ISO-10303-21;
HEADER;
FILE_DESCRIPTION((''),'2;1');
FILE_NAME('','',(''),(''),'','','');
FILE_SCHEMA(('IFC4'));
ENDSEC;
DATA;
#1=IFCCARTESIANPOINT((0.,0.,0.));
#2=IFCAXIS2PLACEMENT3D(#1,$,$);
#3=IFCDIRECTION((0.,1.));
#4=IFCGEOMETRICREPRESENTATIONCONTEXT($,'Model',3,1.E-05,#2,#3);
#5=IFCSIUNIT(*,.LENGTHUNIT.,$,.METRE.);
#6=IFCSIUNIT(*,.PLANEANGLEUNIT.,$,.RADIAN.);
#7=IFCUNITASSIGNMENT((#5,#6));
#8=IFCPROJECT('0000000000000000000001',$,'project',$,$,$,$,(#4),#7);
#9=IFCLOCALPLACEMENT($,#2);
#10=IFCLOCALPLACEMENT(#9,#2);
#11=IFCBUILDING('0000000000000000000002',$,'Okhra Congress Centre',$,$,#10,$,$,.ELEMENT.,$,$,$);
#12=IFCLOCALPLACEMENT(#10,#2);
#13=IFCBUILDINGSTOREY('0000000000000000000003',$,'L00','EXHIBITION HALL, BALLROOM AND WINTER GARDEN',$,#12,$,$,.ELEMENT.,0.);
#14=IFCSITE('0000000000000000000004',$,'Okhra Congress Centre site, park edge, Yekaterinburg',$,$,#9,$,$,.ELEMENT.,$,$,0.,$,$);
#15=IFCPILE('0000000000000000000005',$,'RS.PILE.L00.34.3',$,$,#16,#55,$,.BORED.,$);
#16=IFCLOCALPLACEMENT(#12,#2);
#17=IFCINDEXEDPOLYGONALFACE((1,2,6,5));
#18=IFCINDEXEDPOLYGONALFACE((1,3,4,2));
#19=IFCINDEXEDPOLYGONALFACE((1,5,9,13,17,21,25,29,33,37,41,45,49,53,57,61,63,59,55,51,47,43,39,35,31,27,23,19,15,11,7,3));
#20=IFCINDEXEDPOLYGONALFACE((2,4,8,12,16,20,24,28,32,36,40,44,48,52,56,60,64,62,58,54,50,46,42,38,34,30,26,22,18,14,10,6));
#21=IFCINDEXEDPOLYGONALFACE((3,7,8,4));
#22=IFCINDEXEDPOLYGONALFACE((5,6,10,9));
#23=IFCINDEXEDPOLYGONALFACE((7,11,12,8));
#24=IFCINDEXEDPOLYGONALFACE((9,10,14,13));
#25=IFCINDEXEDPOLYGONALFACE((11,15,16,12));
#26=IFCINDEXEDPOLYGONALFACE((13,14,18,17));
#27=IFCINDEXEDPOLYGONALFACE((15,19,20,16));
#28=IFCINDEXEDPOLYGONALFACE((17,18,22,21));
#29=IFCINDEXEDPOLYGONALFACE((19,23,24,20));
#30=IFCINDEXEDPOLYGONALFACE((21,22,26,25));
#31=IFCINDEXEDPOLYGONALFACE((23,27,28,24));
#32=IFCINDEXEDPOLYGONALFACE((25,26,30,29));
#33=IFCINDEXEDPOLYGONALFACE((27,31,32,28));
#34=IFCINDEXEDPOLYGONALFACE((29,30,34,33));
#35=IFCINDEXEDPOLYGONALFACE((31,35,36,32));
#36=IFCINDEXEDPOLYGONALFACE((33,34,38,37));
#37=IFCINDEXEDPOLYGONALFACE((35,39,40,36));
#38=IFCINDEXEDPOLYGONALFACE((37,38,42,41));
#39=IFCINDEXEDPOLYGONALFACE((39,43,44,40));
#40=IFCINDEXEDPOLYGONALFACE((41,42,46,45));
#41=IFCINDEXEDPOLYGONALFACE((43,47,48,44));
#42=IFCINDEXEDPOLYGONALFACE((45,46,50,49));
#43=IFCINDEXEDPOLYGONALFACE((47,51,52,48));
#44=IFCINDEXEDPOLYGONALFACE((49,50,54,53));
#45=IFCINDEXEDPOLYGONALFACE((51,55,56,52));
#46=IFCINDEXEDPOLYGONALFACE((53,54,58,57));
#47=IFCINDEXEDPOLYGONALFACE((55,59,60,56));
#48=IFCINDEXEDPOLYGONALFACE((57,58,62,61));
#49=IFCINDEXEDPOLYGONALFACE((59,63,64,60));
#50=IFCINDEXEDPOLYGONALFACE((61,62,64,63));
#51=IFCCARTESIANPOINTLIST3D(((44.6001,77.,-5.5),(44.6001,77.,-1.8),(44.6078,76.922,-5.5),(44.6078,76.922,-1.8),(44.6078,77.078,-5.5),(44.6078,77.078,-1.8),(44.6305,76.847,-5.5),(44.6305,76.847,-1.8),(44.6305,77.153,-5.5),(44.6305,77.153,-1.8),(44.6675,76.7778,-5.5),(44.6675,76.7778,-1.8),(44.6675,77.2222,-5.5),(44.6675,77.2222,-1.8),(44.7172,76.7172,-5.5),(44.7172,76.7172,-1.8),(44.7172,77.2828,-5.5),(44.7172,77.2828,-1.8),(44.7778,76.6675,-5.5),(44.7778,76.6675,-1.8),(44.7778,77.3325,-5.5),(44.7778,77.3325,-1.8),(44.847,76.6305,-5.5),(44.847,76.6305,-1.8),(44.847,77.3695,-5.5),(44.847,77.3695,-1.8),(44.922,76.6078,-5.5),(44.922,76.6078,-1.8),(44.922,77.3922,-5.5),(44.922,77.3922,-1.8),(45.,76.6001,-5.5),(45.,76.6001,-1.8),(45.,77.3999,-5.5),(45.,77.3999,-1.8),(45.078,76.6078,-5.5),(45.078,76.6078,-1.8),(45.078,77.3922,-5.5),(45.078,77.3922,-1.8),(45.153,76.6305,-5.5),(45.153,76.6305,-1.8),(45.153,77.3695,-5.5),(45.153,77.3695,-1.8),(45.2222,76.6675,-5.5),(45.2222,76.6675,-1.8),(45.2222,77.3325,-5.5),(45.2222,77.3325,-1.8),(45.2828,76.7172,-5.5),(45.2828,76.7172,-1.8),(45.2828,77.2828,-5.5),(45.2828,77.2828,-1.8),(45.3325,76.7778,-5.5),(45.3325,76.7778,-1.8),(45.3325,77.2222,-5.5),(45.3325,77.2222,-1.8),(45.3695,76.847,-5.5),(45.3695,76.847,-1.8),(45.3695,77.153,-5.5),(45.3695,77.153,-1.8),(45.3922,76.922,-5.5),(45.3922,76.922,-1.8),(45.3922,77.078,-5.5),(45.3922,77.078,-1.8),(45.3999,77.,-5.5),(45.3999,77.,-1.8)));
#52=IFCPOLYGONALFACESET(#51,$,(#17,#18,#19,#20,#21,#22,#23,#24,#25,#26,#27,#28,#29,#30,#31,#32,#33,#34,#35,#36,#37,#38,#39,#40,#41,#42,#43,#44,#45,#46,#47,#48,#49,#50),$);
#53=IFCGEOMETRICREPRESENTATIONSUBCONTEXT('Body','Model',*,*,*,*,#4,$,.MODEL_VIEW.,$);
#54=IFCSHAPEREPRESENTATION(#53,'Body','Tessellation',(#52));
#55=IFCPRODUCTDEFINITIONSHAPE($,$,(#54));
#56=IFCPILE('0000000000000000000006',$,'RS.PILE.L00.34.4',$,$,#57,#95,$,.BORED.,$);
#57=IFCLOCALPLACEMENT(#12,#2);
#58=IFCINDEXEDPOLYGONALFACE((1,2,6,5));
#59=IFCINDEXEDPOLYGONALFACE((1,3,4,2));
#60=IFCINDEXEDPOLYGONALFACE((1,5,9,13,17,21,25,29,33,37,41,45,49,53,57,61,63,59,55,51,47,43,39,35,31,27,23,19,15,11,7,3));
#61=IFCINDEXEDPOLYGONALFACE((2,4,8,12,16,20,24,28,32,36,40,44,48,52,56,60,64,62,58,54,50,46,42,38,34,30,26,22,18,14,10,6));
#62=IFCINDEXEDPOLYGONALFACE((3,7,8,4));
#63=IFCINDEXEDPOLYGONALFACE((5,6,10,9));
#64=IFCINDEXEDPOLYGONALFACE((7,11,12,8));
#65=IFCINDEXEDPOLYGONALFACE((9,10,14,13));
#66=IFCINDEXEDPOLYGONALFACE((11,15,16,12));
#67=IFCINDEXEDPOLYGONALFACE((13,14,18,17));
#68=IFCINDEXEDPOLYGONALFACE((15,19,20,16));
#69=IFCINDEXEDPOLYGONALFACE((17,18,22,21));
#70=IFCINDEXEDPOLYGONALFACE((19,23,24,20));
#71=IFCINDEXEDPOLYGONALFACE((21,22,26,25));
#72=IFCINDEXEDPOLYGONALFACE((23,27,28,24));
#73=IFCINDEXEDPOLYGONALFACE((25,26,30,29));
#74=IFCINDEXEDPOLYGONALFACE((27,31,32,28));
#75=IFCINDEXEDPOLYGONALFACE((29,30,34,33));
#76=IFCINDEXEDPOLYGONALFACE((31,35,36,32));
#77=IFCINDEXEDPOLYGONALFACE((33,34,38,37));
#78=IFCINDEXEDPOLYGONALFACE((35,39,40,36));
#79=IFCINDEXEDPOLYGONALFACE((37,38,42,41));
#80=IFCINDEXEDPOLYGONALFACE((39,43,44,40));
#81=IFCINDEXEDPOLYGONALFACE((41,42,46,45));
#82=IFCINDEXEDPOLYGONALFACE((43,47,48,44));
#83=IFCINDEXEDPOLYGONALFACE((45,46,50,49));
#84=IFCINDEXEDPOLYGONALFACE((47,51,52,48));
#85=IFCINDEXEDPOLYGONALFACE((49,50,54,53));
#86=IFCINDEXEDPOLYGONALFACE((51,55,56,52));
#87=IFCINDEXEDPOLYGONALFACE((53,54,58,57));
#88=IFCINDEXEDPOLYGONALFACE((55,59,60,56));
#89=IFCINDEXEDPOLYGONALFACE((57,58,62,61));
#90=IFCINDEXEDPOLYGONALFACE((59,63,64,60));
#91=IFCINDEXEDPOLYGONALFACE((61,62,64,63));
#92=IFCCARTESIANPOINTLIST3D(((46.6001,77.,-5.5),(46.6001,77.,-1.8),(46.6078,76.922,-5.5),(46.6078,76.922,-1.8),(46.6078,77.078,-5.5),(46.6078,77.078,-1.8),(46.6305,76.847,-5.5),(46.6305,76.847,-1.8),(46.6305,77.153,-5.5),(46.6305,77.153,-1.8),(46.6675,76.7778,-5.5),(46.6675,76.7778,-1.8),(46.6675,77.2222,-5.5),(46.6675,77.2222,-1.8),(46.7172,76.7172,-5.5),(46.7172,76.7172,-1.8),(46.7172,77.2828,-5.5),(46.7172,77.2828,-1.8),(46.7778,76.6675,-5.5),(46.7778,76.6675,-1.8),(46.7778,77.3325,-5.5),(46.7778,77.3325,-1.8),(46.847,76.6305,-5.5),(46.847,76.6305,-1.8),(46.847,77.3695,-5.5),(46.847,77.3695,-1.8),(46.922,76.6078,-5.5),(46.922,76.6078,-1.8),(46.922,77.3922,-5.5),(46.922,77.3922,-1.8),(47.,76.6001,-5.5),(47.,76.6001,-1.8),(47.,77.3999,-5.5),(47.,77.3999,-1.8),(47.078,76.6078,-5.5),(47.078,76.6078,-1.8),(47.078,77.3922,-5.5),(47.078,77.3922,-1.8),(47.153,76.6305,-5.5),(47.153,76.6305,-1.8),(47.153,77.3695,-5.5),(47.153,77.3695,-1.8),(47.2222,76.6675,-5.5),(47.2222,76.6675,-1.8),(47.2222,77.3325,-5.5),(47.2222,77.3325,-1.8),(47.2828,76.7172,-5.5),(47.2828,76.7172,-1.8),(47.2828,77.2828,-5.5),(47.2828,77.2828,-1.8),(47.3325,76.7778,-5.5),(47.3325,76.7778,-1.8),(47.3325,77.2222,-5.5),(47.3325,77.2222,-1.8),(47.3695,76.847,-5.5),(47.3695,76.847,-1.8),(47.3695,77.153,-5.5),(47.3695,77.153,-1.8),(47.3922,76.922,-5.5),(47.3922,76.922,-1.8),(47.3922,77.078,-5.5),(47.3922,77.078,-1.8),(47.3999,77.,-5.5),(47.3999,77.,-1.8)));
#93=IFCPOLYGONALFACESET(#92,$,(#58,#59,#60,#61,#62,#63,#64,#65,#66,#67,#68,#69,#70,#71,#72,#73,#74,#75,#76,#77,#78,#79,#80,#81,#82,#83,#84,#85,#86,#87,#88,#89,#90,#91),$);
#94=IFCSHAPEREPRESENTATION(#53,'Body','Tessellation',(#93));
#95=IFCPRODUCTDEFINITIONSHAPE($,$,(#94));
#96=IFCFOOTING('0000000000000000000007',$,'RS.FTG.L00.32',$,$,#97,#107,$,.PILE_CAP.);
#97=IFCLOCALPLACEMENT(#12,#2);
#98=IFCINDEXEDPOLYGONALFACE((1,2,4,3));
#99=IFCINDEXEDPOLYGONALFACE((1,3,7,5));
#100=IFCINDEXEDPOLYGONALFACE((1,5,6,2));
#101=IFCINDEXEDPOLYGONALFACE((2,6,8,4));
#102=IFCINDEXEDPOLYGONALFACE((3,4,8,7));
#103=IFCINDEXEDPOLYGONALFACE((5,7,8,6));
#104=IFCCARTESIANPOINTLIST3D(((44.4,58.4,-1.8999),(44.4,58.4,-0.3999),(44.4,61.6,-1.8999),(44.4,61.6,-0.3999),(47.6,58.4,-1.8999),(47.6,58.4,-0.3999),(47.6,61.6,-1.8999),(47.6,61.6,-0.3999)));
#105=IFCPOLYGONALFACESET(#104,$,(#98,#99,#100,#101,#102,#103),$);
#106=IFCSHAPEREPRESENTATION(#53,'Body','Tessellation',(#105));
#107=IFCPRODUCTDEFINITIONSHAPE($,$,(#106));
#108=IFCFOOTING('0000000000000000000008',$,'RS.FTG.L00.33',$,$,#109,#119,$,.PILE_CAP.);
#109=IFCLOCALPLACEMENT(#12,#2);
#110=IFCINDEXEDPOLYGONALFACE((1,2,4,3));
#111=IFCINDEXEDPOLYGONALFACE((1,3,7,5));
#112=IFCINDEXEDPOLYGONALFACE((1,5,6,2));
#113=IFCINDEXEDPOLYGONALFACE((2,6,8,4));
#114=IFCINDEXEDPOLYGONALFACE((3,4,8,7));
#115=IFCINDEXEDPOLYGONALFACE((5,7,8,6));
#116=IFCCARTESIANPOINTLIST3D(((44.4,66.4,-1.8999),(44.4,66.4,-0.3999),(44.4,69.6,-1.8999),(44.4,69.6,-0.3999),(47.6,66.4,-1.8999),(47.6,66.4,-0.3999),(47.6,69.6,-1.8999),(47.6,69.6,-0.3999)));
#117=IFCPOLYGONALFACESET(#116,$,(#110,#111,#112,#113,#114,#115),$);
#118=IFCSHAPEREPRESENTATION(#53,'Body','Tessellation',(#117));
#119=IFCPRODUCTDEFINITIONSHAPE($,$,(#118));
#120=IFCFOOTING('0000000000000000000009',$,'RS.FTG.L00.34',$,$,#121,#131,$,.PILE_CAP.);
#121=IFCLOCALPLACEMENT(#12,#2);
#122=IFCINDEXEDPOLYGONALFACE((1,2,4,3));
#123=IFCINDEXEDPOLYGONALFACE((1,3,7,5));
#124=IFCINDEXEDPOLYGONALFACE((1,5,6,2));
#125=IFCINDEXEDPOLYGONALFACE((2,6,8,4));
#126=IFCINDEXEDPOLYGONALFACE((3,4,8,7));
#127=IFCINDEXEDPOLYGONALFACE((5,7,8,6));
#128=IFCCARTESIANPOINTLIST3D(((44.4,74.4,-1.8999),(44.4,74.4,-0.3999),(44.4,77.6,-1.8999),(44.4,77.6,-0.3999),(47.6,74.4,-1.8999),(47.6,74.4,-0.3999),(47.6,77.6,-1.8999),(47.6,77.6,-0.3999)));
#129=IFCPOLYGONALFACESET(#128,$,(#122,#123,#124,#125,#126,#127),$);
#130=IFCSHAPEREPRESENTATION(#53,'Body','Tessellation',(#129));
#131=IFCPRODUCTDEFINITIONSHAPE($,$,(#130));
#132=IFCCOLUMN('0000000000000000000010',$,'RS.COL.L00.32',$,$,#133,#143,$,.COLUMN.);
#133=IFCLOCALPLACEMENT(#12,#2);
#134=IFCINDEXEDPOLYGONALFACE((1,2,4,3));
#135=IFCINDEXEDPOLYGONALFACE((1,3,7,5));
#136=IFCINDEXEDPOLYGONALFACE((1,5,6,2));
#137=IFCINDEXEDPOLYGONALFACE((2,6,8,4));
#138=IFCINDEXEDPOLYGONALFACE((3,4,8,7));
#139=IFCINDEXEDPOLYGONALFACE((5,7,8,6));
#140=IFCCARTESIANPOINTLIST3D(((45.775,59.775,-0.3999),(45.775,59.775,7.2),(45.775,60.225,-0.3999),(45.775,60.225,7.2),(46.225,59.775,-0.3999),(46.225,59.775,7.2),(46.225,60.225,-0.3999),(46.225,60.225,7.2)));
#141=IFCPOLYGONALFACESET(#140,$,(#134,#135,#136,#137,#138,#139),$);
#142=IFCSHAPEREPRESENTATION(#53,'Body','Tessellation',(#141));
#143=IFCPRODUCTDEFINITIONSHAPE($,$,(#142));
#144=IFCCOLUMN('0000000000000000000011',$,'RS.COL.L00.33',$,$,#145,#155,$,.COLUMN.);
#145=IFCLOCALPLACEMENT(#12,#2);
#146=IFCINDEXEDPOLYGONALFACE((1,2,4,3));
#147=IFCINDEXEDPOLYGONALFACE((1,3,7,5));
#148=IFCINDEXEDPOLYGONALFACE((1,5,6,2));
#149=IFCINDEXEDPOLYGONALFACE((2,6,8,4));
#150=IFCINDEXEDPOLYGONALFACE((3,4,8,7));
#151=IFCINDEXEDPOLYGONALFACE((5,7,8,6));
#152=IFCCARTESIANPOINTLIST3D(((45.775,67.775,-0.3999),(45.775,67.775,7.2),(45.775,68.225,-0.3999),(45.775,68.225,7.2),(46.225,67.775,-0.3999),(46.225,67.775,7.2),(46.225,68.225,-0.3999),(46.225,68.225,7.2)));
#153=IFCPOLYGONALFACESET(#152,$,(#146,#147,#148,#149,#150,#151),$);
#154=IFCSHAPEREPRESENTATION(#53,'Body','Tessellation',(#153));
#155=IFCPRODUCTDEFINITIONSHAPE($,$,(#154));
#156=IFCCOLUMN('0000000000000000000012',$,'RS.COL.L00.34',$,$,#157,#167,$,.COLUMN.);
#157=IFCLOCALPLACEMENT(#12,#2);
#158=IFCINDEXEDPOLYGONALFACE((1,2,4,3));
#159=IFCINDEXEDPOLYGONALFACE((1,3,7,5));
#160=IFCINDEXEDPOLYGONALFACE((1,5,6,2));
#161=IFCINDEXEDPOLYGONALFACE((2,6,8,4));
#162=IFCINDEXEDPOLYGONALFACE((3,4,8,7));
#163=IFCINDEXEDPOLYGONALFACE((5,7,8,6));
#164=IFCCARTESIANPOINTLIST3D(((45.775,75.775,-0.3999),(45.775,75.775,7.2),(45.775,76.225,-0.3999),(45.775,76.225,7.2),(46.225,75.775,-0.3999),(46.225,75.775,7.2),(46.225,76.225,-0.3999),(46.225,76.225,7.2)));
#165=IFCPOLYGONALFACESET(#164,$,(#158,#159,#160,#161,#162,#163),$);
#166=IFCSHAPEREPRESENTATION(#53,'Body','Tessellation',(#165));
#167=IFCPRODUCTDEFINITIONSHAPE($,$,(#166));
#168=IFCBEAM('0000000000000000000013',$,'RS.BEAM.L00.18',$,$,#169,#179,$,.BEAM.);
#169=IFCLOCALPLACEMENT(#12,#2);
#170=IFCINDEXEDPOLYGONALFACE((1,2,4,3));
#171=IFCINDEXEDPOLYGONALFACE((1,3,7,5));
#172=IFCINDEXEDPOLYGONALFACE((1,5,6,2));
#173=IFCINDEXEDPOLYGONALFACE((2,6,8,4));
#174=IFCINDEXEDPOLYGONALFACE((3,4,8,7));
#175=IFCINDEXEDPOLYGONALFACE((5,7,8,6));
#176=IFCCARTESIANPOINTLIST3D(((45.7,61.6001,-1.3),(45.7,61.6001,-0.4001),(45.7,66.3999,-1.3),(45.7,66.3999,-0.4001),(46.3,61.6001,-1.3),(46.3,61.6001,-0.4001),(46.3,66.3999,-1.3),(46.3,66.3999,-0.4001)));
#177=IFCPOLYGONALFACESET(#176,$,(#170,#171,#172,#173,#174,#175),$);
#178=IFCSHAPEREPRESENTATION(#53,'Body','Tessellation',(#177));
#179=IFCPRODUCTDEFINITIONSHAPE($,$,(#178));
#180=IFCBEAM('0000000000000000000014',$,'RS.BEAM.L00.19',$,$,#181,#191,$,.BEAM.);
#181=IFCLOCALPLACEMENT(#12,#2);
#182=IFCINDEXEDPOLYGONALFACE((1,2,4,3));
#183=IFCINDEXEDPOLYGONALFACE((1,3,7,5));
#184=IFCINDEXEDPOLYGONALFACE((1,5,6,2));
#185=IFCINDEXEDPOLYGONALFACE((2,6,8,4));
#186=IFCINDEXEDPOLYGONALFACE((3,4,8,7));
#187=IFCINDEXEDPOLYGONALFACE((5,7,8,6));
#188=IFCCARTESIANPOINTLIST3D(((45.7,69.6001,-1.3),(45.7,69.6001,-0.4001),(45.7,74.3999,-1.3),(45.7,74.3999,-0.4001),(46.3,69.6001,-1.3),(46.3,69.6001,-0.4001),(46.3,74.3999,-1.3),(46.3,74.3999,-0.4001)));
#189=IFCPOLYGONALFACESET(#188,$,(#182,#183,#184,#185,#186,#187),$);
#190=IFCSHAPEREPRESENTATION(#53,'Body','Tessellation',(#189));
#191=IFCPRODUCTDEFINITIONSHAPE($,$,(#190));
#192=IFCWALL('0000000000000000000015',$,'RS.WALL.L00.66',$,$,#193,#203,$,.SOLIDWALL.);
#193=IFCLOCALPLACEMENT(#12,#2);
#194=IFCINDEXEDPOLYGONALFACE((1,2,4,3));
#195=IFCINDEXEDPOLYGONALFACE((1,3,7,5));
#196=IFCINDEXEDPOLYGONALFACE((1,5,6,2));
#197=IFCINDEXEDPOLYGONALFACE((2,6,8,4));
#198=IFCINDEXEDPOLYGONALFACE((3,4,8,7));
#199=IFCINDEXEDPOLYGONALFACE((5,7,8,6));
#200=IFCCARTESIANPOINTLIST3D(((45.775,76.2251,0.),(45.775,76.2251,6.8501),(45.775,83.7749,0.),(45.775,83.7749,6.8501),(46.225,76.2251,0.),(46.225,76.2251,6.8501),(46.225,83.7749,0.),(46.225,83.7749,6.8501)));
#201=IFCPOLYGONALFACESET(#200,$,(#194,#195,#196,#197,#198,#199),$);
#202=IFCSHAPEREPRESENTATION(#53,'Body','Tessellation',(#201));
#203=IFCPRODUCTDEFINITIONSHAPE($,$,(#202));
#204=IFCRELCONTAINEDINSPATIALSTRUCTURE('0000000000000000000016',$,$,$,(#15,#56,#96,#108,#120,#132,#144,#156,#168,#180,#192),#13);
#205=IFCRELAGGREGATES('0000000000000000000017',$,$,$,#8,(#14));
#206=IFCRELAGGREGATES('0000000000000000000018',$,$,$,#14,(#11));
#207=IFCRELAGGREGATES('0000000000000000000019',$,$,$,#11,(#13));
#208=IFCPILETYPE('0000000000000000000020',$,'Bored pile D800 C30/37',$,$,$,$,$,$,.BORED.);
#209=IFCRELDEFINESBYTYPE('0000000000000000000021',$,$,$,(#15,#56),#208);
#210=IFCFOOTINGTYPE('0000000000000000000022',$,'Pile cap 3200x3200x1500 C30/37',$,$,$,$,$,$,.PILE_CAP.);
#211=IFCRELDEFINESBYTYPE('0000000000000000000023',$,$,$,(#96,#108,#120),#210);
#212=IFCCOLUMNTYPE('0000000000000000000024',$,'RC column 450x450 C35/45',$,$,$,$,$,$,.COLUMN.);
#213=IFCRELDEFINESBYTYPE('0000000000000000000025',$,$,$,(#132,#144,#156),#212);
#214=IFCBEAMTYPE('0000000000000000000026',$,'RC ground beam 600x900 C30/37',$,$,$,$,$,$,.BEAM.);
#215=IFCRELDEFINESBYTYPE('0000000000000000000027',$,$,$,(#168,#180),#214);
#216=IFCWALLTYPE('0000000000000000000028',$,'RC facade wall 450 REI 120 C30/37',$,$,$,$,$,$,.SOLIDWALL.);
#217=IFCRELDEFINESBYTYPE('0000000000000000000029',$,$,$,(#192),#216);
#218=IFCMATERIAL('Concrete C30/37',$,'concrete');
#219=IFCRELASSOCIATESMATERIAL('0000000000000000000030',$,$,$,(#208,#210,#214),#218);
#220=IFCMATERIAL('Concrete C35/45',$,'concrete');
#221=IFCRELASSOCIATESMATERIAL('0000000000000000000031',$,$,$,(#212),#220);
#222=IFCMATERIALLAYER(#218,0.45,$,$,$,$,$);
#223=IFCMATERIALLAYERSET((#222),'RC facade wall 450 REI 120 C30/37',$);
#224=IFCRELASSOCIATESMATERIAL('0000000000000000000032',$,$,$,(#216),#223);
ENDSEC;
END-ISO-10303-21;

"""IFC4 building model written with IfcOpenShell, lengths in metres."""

from ifc_helpers import new_model, si_unit, direction, frame, frame_2d, origin, origin_2d, place, context, subcontext, project, spatial, rectangle, circle, extrude, material, layer, layer_set, material_profile, profile_set, type_object, element, save


model = new_model("IFC4")

# Units and contexts
model_context = context("Model", 3, precision=1e-05, world=origin(), true_north=direction((0.0, 1.0)))
body_context = subcontext(model_context, "Body", "Model", "MODEL_VIEW")
ifc_project = project(units=[si_unit("LENGTHUNIT", "METRE"), si_unit("PLANEANGLEUNIT", "RADIAN")], contexts=[model_context])

# Site, building, storey
site_placement = place(None, origin())
site = spatial("IfcSite", under=ifc_project, at=site_placement, Name="Okhra Congress Centre site, park edge, Yekaterinburg", CompositionType="ELEMENT", RefElevation=0.0)
building_placement = place(site_placement, origin())
building = spatial("IfcBuilding", under=site, at=building_placement, Name="Okhra Congress Centre", CompositionType="ELEMENT")
storey_placement = place(building_placement, origin())
storey = spatial("IfcBuildingStorey", under=building, at=storey_placement, Name="L00", Description="EXHIBITION HALL, BALLROOM AND WINTER GARDEN", CompositionType="ELEMENT", Elevation=0.0)

# Piles
ifc_material_1 = material(Name="Concrete C30/37", Category="concrete")
ifc_material_profile_1 = material_profile(ifc_material_1, circle(Radius=0.3999, at=origin_2d()), Name="D800")
ifc_profile_set_1 = profile_set([ifc_material_profile_1], Name="Concrete C30/37")
pile_type = type_object("IfcPileType", Name="Bored pile D800 C30/37", PredefinedType="BORED", material=ifc_profile_set_1)
for number, where, z_axis, x_axis, name in (
    (1, (45.0, 77.0, -1.8), (0.0, 0.0, -1.0), (1.0, 0.0, 0.0), "RS.PILE.L00.34.3"),
    (2, (47.0, 77.0, -1.8), (0.0, 0.0, -1.0), (1.0, 0.0, 0.0), "RS.PILE.L00.34.4"),
):
    element("IfcPile", number, at=place(storey_placement, frame(where, z_axis=z_axis, x_axis=x_axis)), inside=storey, type_object=pile_type, Name=name, PredefinedType="BORED", context=body_context, shape_type="SweptSolid", body=[
        extrude(circle(Radius=0.3999, at=origin_2d()), origin(), (0.0, 0.0, 1.0), 3.7),
    ])

# Footings
footing_type = type_object("IfcFootingType", Name="Pile cap 3200x3200x1500 C30/37", PredefinedType="PILE_CAP", material=ifc_material_1)
for number, where, z_axis, x_axis, name in (
    (3, (46.0, 60.0, -1.8999), (0.0, 0.0, 1.0), (1.0, 0.0, 0.0), "RS.FTG.L00.32"),
    (4, (46.0, 68.0, -1.8999), (0.0, 0.0, 1.0), (1.0, 0.0, 0.0), "RS.FTG.L00.33"),
    (5, (46.0, 76.0, -1.8999), (0.0, 0.0, 1.0), (1.0, 0.0, 0.0), "RS.FTG.L00.34"),
):
    element("IfcFooting", number, at=place(storey_placement, frame(where, z_axis=z_axis, x_axis=x_axis)), inside=storey, type_object=footing_type, Name=name, PredefinedType="PILE_CAP", context=body_context, shape_type="SweptSolid", body=[
        extrude(rectangle(XDim=3.2, YDim=3.2, at=origin_2d()), origin(), (0.0, 0.0, 1.0), 1.5),
    ])

# Columns
ifc_material_2 = material(Name="Concrete C35/45", Category="concrete")
ifc_material_profile_2 = material_profile(ifc_material_2, rectangle(XDim=0.45, YDim=0.45, at=origin_2d()), Name="RC 450x450")
ifc_profile_set_2 = profile_set([ifc_material_profile_2], Name="Concrete C35/45")
column_type = type_object("IfcColumnType", Name="RC column 450x450 C35/45", PredefinedType="COLUMN", material=ifc_profile_set_2)
for number, where, z_axis, x_axis, name in (
    (6, (46.0, 60.0, -0.3999), (0.0, 0.0, 1.0), (1.0, 0.0, 0.0), "RS.COL.L00.32"),
    (7, (46.0, 68.0, -0.3999), (0.0, 0.0, 1.0), (1.0, 0.0, 0.0), "RS.COL.L00.33"),
    (8, (46.0, 76.0, -0.3999), (0.0, 0.0, 1.0), (1.0, 0.0, 0.0), "RS.COL.L00.34"),
):
    element("IfcColumn", number, at=place(storey_placement, frame(where, z_axis=z_axis, x_axis=x_axis)), inside=storey, type_object=column_type, Name=name, PredefinedType="COLUMN", context=body_context, shape_type="SweptSolid", body=[
        extrude(rectangle(XDim=0.45, YDim=0.45, at=origin_2d()), origin(), (0.0, 0.0, 1.0), 7.5999),
    ])

# Beams
ifc_material_profile_3 = material_profile(ifc_material_1, rectangle(XDim=0.6001, YDim=0.8999, at=origin_2d()), Name="RC 600x900")
ifc_profile_set_3 = profile_set([ifc_material_profile_3], Name="Concrete C30/37")
beam_type = type_object("IfcBeamType", Name="RC ground beam 600x900 C30/37", PredefinedType="BEAM", material=ifc_profile_set_3)
for number, where, z_axis, x_axis, name in (
    (9, (46.0, 61.6001, -0.8501), (0.0, 1.0, 0.0), (-1.0, 0.0, 0.0), "RS.BEAM.L00.18"),
    (10, (46.0, 69.6001, -0.8501), (0.0, 1.0, 0.0), (-1.0, 0.0, 0.0), "RS.BEAM.L00.19"),
):
    element("IfcBeam", number, at=place(storey_placement, frame(where, z_axis=z_axis, x_axis=x_axis)), inside=storey, type_object=beam_type, Name=name, PredefinedType="BEAM", context=body_context, shape_type="SweptSolid", body=[
        extrude(rectangle(XDim=0.6001, YDim=0.8999, at=origin_2d()), origin(), (0.0, 0.0, 1.0), 4.7998),
    ])

# Wall
ifc_layer_1 = layer(ifc_material_1, 0.45)
ifc_layer_set_1 = layer_set([ifc_layer_1], Name="RC facade wall 450 REI 120 C30/37")
wall_type_1 = type_object("IfcWallType", Name="RC facade wall 450 REI 120 C30/37", PredefinedType="SOLIDWALL", material=ifc_layer_set_1)
wall_1_placement = place(storey_placement, frame((46.0, 76.2251, 0.0), z_axis=(0.0, 0.0, 1.0), x_axis=(0.0, 1.0, 0.0)))
element("IfcWall", 11, at=wall_1_placement, inside=storey, type_object=wall_type_1, Name="RS.WALL.L00.66", PredefinedType="SOLIDWALL", context=body_context, shape_type="SweptSolid", body=[
    extrude(rectangle(XDim=7.5498, YDim=0.45, at=frame_2d((3.7749, 0.0))), origin(), (0.0, 0.0, 1.0), 6.8501),
])

save(model, "model.ifc")
